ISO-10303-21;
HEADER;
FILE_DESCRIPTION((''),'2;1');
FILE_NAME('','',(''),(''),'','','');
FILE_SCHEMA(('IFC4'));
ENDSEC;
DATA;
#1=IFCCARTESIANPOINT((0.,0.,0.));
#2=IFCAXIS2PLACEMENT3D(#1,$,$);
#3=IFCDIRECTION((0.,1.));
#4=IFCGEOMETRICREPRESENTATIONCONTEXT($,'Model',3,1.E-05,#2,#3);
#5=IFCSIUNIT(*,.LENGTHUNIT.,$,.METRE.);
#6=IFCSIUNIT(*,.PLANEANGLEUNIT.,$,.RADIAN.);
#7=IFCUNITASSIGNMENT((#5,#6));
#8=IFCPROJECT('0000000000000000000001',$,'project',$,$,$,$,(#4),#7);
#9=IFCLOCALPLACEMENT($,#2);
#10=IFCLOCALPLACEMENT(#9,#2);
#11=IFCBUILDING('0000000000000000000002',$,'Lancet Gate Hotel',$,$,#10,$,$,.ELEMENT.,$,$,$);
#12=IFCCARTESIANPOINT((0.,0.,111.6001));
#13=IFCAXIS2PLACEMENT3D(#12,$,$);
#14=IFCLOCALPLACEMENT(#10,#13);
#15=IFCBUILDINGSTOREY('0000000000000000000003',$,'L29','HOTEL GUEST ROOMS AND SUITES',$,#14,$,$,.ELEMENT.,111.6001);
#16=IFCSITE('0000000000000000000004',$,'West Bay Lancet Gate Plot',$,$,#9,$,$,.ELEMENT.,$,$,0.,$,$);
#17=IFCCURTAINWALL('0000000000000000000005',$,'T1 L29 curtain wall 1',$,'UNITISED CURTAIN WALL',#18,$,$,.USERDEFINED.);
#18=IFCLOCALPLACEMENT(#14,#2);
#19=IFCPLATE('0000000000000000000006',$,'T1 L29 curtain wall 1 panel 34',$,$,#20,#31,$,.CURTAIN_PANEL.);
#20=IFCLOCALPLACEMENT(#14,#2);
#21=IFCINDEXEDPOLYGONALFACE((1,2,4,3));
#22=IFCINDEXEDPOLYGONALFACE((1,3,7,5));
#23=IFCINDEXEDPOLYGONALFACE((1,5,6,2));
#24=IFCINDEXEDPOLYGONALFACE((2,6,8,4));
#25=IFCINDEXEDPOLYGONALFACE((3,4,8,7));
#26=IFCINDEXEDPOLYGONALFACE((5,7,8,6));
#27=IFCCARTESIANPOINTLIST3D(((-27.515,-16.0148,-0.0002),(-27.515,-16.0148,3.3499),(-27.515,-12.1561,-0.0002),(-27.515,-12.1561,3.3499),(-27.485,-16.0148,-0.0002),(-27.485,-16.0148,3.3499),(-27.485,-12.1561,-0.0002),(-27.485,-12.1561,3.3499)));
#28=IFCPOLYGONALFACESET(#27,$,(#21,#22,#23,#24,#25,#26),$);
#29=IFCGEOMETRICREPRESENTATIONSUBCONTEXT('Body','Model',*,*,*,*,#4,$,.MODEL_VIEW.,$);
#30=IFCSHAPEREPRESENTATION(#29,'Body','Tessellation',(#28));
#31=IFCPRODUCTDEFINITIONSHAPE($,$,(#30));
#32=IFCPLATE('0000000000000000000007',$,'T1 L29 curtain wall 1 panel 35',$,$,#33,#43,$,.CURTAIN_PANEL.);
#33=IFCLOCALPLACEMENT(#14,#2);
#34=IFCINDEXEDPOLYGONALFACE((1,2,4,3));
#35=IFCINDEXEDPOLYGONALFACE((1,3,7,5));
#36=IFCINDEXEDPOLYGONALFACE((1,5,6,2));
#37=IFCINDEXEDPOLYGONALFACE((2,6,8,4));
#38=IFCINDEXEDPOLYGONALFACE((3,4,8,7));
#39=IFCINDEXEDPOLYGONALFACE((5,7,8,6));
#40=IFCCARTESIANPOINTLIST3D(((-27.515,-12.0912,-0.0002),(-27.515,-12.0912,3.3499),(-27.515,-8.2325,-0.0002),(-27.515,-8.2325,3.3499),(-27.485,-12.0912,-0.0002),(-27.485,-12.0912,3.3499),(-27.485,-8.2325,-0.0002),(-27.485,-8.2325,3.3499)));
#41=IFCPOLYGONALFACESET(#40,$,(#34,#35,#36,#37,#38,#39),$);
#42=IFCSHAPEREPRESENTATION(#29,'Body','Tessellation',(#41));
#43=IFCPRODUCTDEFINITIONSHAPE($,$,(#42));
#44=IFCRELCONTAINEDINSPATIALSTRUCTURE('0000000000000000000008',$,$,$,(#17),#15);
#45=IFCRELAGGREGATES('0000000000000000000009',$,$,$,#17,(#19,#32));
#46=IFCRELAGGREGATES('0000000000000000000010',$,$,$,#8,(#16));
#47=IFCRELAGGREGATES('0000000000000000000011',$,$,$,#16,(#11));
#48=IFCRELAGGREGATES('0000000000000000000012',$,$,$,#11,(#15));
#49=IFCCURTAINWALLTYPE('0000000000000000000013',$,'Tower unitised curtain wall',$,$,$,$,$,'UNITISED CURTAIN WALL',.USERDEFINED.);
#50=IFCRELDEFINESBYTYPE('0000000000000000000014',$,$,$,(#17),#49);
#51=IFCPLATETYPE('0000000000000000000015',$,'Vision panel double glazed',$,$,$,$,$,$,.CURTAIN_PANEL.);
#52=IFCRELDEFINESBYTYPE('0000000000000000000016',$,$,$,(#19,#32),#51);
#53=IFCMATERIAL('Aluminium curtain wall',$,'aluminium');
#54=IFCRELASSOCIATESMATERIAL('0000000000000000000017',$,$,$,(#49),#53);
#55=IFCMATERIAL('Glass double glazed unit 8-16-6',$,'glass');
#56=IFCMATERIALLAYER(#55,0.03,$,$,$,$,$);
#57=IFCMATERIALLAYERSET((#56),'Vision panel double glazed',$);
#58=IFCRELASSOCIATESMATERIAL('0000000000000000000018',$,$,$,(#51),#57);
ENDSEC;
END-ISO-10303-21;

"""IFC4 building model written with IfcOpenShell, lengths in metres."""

from ifc_helpers import new_model, si_unit, direction, frame, origin, origin_2d, place, context, subcontext, project, spatial, rectangle, extrude, material, layer, layer_set, type_object, element, aggregate, save


model = new_model("IFC4")

# Units and contexts
model_context = context("Model", 3, precision=1e-05, world=origin(), true_north=direction((0.0, 1.0)))
body_context = subcontext(model_context, "Body", "Model", "MODEL_VIEW")
ifc_project = project(units=[si_unit("LENGTHUNIT", "METRE"), si_unit("PLANEANGLEUNIT", "RADIAN")], contexts=[model_context])

# Site, building, storey
site_placement = place(None, origin())
site = spatial("IfcSite", under=ifc_project, at=site_placement, Name="West Bay Lancet Gate Plot", CompositionType="ELEMENT", RefElevation=0.0)
building_placement = place(site_placement, origin())
building = spatial("IfcBuilding", under=site, at=building_placement, Name="Lancet Gate Hotel", CompositionType="ELEMENT")
storey_placement = place(building_placement, frame((0.0, 0.0, 111.6001)))
storey = spatial("IfcBuildingStorey", under=building, at=storey_placement, Name="L29", Description="HOTEL GUEST ROOMS AND SUITES", CompositionType="ELEMENT", Elevation=111.6001)

# Curtain wall
ifc_material_1 = material(Name="Aluminium curtain wall", Category="aluminium")
curtain_wall_type = type_object("IfcCurtainWallType", Name="Tower unitised curtain wall", ElementType="UNITISED CURTAIN WALL", PredefinedType="USERDEFINED", material=ifc_material_1)
curtain_wall_placement = place(storey_placement, origin())
curtain_wall = element("IfcCurtainWall", 1, at=curtain_wall_placement, inside=storey, type_object=curtain_wall_type, Name="T1 L29 curtain wall 1", ObjectType="UNITISED CURTAIN WALL", PredefinedType="USERDEFINED")

# Plates
ifc_material_2 = material(Name="Glass double glazed unit 8-16-6", Category="glass")
ifc_layer = layer(ifc_material_2, 0.03)
ifc_layer_set = layer_set([ifc_layer], Name="Vision panel double glazed")
plate_type = type_object("IfcPlateType", Name="Vision panel double glazed", PredefinedType="CURTAIN_PANEL", material=ifc_layer_set)
plate_1_placement = place(storey_placement, frame((-27.5, -14.0854, -0.0002), z_axis=(0.0, 0.0, 1.0), x_axis=(0.0, 1.0, 0.0)))
plate_1 = element("IfcPlate", 2, at=plate_1_placement, type_object=plate_type, Name="T1 L29 curtain wall 1 panel 34", PredefinedType="CURTAIN_PANEL", context=body_context, shape_type="SweptSolid", body=[
    extrude(rectangle(XDim=3.8586, YDim=0.03, at=origin_2d()), origin(), (0.0, 0.0, 1.0), 3.3501),
])
plate_2_placement = place(storey_placement, frame((-27.5, -10.1619, -0.0002), z_axis=(0.0, 0.0, 1.0), x_axis=(0.0, 1.0, 0.0)))
plate_2 = element("IfcPlate", 3, at=plate_2_placement, type_object=plate_type, Name="T1 L29 curtain wall 1 panel 35", PredefinedType="CURTAIN_PANEL", context=body_context, shape_type="SweptSolid", body=[
    extrude(rectangle(XDim=3.8586, YDim=0.03, at=origin_2d()), origin(), (0.0, 0.0, 1.0), 3.3501),
])
aggregate(curtain_wall, [plate_1, plate_2])

save(model, "model.ifc")
